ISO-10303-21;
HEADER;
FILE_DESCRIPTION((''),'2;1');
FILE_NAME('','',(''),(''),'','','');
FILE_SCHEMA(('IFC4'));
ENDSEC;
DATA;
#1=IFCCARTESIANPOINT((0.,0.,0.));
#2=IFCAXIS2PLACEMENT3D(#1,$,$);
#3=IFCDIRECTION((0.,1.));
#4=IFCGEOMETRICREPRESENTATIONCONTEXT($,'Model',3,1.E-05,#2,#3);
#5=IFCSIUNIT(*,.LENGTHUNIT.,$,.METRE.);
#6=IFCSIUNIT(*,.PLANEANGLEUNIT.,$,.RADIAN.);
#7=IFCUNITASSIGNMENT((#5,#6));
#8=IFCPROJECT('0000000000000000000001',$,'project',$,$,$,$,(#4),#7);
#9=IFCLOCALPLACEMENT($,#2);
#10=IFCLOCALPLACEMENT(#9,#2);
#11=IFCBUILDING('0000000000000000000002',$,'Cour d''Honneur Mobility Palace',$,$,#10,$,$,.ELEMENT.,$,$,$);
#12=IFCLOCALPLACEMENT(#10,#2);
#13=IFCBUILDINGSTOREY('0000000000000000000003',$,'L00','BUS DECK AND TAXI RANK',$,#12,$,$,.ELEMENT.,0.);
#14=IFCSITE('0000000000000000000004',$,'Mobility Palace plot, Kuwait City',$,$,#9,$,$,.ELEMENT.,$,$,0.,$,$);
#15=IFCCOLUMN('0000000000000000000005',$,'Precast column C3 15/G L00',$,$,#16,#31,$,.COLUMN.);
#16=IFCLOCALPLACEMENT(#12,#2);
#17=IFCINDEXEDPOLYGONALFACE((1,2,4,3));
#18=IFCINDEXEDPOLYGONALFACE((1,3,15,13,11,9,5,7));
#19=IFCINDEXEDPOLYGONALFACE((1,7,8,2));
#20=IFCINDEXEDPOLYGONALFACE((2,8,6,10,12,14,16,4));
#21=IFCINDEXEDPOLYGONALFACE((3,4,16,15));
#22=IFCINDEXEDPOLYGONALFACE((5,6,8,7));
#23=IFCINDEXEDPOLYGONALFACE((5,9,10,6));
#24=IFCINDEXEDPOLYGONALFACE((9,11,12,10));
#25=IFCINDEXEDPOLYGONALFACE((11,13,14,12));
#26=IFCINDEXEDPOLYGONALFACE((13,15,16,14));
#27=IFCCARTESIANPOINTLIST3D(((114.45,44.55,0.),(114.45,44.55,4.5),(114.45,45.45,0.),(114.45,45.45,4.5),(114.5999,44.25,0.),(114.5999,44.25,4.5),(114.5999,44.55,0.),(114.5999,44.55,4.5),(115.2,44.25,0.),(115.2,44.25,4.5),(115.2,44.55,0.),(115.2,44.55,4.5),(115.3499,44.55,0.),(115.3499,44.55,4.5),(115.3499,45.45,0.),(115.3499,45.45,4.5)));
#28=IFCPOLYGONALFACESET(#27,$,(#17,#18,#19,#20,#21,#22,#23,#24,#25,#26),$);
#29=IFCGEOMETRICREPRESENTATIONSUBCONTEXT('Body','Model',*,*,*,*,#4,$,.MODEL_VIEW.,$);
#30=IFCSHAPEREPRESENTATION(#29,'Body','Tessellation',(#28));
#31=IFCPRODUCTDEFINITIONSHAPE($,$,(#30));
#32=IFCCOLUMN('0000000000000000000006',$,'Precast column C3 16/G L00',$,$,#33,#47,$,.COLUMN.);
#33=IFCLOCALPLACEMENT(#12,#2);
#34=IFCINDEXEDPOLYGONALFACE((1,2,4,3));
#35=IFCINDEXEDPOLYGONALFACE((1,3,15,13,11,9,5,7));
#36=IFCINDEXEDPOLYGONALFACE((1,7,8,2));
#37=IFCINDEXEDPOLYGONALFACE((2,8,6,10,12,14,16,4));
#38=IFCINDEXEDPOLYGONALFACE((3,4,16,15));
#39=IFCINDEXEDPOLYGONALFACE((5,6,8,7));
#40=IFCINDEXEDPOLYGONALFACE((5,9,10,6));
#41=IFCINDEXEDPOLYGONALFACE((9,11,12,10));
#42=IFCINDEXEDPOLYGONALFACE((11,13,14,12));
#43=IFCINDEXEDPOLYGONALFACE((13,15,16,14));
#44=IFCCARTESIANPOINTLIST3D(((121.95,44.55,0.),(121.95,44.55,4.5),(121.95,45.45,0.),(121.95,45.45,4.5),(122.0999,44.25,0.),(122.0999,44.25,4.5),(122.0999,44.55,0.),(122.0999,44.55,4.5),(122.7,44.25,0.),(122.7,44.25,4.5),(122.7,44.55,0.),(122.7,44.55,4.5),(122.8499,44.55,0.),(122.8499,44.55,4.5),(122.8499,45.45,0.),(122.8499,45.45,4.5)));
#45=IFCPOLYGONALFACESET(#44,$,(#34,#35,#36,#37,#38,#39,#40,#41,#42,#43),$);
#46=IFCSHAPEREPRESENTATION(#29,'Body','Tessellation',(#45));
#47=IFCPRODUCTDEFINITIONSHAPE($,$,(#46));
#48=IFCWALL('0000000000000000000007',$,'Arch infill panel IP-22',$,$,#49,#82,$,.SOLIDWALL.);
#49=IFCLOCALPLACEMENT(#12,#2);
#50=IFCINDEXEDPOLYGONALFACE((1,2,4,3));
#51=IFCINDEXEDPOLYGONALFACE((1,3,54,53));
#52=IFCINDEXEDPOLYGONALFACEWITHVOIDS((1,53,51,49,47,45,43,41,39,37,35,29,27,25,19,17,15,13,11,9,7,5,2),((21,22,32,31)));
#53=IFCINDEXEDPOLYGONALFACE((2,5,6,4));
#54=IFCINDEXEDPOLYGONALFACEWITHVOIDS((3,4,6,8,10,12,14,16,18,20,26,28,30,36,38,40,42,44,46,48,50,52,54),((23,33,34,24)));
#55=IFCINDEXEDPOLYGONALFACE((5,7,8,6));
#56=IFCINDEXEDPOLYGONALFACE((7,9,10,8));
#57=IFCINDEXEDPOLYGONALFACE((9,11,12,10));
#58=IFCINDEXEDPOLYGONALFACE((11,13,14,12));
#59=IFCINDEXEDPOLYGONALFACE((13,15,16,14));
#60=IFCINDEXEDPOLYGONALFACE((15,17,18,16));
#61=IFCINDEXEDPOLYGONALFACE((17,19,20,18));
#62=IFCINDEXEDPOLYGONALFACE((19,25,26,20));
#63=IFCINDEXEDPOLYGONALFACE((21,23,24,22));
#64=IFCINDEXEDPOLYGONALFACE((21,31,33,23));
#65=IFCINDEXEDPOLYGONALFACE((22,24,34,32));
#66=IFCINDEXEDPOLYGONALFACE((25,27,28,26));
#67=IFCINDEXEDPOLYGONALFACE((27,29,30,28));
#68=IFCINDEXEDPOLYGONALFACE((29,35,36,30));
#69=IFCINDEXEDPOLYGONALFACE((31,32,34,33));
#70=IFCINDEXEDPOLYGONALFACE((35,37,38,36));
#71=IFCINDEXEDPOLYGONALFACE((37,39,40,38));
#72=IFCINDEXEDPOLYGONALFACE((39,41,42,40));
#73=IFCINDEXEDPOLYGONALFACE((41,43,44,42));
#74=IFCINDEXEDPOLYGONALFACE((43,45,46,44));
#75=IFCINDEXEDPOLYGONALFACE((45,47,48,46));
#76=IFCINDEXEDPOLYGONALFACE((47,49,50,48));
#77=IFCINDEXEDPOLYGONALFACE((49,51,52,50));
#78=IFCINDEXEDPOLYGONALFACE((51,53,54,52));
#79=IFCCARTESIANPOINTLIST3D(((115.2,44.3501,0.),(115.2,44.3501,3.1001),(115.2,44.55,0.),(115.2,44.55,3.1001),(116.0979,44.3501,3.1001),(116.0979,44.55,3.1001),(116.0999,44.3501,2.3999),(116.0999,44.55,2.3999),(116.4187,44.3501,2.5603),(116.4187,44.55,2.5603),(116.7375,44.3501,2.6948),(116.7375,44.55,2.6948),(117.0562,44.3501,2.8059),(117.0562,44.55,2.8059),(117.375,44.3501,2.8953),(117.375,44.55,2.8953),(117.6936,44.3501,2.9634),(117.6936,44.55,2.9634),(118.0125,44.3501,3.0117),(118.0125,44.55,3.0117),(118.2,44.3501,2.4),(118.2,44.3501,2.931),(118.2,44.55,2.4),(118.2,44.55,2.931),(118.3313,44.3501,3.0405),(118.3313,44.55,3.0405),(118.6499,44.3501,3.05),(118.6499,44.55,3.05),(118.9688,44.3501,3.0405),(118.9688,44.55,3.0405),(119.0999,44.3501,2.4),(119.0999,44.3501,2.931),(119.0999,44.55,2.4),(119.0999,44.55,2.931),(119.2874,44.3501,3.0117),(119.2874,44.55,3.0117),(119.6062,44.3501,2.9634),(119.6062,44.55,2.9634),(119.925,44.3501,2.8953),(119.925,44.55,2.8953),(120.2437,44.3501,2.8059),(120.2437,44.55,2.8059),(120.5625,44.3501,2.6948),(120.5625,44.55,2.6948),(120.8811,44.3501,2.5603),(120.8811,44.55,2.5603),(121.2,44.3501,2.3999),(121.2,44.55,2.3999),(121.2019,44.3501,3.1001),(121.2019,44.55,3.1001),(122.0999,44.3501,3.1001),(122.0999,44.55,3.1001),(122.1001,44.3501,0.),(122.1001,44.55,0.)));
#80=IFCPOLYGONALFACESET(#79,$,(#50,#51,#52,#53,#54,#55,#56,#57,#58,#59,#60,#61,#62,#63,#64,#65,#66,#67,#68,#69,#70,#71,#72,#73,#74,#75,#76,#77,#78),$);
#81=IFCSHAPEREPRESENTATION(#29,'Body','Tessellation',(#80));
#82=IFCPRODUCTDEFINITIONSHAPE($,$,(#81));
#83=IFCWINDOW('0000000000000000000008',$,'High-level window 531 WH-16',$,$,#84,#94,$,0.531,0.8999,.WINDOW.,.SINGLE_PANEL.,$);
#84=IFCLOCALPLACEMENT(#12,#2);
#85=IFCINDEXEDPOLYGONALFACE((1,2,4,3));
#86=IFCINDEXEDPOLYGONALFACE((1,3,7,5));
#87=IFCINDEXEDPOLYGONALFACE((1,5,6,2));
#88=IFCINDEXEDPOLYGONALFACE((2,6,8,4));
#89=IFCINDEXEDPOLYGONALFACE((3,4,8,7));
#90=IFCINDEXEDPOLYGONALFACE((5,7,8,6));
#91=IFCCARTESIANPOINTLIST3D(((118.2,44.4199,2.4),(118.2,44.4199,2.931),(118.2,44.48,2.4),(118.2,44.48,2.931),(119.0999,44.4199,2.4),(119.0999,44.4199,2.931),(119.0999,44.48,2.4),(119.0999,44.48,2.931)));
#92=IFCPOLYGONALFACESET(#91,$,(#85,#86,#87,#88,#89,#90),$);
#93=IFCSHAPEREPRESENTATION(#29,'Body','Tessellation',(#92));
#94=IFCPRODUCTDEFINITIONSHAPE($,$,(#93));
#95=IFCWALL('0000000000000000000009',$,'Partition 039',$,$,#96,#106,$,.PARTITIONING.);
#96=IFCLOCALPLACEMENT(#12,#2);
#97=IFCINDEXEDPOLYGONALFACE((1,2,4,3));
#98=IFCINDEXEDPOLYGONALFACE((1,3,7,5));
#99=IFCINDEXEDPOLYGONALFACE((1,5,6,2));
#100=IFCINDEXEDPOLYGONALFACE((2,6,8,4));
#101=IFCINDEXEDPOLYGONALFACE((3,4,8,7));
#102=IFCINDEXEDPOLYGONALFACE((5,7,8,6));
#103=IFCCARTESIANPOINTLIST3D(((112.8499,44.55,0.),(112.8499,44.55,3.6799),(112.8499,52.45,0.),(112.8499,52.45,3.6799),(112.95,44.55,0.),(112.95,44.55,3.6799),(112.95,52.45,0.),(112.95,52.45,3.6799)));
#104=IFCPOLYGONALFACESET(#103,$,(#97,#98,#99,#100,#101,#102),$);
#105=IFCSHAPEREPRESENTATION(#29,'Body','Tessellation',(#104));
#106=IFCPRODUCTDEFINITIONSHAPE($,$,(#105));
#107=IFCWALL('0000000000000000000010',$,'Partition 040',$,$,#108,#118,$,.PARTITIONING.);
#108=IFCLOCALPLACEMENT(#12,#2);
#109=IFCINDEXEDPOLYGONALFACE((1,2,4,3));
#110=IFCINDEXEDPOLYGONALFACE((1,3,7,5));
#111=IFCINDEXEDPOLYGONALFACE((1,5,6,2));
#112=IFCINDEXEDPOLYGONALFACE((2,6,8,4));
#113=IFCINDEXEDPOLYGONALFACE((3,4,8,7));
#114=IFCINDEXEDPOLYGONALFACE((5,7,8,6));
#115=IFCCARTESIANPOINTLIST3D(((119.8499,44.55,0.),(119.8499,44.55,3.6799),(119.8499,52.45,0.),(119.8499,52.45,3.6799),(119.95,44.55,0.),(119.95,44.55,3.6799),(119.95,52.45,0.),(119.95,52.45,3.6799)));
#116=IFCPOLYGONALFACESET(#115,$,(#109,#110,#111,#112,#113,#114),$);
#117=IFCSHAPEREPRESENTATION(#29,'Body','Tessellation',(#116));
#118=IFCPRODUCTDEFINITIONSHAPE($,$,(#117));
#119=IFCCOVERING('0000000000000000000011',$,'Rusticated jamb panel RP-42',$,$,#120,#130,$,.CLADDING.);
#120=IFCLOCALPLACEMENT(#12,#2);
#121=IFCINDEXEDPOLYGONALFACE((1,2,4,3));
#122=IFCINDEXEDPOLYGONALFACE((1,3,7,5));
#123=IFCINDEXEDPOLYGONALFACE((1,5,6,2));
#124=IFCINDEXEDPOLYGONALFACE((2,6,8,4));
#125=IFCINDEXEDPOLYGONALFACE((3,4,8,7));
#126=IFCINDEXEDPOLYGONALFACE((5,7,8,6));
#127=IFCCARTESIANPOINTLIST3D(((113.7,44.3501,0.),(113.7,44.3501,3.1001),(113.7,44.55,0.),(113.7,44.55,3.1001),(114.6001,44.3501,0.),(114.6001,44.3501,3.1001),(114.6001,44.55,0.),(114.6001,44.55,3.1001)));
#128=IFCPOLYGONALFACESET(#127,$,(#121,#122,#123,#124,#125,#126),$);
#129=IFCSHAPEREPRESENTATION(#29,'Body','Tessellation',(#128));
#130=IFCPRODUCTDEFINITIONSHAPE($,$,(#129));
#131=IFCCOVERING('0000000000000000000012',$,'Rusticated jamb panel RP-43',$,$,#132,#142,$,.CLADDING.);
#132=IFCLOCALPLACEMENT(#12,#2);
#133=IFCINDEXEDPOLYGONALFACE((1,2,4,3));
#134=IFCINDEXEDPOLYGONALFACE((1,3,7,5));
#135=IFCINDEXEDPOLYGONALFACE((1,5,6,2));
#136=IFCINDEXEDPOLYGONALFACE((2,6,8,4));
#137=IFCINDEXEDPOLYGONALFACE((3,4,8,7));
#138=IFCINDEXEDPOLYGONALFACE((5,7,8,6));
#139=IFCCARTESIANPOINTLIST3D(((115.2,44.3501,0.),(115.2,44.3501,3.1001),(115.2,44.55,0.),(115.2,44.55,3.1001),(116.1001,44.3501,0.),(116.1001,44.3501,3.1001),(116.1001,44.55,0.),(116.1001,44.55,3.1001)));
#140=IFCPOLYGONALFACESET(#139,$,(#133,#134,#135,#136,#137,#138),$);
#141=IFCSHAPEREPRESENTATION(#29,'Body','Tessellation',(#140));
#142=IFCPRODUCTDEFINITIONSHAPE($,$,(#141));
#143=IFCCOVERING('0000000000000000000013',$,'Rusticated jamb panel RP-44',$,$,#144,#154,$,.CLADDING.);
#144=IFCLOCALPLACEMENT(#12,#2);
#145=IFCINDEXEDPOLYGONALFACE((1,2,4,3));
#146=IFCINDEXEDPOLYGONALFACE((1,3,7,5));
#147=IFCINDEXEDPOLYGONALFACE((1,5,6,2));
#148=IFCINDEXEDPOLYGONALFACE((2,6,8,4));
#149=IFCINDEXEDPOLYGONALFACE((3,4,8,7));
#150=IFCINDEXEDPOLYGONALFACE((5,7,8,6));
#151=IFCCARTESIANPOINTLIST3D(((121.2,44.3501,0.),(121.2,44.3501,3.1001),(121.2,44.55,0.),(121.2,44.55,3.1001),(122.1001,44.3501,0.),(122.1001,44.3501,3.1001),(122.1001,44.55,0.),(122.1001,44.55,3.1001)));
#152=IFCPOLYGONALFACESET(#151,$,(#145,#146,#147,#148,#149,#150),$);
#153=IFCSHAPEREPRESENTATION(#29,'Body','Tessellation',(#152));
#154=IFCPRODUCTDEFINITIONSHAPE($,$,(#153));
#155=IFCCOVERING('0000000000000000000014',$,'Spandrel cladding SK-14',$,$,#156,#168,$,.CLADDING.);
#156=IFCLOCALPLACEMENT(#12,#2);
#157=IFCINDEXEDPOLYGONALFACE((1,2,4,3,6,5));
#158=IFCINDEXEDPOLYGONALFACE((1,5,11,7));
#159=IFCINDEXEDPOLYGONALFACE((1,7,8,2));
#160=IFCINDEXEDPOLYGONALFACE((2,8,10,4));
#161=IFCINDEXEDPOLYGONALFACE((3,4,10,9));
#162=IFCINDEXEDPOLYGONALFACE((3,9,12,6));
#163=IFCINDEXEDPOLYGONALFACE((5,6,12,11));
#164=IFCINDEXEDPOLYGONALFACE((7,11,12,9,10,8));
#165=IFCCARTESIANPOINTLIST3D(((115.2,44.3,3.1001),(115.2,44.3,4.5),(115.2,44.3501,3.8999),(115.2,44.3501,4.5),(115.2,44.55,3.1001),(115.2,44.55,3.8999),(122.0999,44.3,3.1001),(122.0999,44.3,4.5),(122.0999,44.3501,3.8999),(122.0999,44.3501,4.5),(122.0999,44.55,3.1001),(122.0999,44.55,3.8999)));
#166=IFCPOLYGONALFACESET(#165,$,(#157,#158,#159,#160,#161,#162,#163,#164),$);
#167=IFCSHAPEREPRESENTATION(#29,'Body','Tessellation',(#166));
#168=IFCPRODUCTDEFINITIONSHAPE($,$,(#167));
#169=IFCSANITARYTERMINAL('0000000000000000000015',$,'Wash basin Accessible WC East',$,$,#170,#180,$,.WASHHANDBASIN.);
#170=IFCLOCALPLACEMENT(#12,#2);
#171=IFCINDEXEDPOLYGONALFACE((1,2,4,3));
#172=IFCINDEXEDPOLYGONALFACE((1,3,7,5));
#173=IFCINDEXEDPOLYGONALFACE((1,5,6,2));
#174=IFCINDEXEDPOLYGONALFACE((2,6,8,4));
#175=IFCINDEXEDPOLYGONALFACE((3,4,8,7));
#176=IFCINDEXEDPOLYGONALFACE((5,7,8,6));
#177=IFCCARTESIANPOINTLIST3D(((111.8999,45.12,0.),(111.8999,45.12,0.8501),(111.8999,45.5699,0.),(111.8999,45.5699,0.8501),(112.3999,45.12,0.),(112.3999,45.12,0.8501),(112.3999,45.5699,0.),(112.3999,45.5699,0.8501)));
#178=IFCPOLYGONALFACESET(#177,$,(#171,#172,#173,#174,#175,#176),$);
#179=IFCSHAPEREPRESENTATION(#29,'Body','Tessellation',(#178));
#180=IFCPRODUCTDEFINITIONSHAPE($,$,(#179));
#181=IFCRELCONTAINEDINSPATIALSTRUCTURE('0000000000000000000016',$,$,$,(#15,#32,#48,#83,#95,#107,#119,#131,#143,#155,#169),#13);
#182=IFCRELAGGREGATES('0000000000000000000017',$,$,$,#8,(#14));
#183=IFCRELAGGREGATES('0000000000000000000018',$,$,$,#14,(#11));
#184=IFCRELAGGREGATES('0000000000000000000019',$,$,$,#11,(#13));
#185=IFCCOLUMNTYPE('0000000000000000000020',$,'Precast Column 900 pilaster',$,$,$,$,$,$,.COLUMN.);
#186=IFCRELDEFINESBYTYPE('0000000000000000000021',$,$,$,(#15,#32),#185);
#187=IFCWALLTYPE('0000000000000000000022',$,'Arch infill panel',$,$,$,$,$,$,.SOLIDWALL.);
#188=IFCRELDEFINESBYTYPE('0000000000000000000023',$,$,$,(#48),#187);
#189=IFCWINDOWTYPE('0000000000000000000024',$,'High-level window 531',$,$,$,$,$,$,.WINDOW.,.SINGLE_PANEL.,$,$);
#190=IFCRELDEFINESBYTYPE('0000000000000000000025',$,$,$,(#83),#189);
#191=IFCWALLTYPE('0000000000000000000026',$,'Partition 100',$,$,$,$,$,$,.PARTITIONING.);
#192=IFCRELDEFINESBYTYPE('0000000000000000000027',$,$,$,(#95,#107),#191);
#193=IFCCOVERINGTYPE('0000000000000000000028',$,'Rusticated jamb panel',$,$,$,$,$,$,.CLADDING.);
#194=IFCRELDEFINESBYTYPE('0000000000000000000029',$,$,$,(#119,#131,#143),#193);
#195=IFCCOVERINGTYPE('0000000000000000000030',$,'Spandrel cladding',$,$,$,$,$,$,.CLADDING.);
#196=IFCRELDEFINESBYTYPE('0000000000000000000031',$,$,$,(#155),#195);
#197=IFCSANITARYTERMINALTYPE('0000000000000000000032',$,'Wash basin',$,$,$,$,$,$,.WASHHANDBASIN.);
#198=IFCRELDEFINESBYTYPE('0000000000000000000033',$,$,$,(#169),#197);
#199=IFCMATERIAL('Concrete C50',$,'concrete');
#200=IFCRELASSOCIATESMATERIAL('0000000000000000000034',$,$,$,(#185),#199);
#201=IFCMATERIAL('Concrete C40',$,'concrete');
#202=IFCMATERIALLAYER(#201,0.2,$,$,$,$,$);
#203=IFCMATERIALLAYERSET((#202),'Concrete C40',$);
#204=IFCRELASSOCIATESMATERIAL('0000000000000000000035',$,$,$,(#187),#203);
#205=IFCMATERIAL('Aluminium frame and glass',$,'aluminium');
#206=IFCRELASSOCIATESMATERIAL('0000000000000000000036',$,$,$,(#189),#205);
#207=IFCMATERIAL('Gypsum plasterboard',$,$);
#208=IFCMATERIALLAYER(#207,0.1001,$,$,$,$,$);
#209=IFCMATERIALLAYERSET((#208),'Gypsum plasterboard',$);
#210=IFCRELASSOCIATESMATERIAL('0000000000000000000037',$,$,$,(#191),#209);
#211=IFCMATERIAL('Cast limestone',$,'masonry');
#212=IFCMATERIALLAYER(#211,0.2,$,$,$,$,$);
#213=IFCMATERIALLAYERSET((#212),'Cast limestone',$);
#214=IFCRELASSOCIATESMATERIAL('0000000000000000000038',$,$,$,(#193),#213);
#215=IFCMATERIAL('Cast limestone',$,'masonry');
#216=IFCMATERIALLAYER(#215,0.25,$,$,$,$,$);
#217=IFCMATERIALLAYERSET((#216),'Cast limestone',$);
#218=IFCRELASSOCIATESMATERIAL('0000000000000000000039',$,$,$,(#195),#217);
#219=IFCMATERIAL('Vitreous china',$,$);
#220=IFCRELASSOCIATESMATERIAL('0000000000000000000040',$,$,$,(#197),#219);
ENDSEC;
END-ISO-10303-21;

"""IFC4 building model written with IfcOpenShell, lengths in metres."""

from ifc_helpers import new_model, si_unit, direction, frame, frame_2d, origin, origin_2d, place, context, subcontext, project, spatial, polyline, rectangle, outline, extrude, material, layer, layer_set, material_profile, profile_set, type_object, element, fill, save


model = new_model("IFC4")

# Units and contexts
model_context = context("Model", 3, precision=1e-05, world=origin(), true_north=direction((0.0, 1.0)))
body_context = subcontext(model_context, "Body", "Model", "MODEL_VIEW")
ifc_project = project(units=[si_unit("LENGTHUNIT", "METRE"), si_unit("PLANEANGLEUNIT", "RADIAN")], contexts=[model_context])

# Site, building, storey
site_placement = place(None, origin())
site = spatial("IfcSite", under=ifc_project, at=site_placement, Name="Mobility Palace plot, Kuwait City", CompositionType="ELEMENT", RefElevation=0.0)
building_placement = place(site_placement, origin())
building = spatial("IfcBuilding", under=site, at=building_placement, Name="Cour d'Honneur Mobility Palace", CompositionType="ELEMENT")
storey_placement = place(building_placement, origin())
storey = spatial("IfcBuildingStorey", under=building, at=storey_placement, Name="L00", Description="BUS DECK AND TAXI RANK", CompositionType="ELEMENT", Elevation=0.0)

# Columns
ifc_material_1 = material(Name="Concrete C50", Category="concrete")
ifc_material_profile = material_profile(ifc_material_1, outline(polyline([(-0.45, -0.45), (0.45, -0.45), (0.45, -0.3), (0.75, -0.3), (0.75, 0.3), (0.45, 0.3), (0.45, 0.45), (-0.45, 0.45), (-0.45, -0.45)])), Name="PC C900 pilaster")
ifc_profile_set = profile_set([ifc_material_profile], Name="Concrete C50")
column_type = type_object("IfcColumnType", Name="Precast Column 900 pilaster", PredefinedType="COLUMN", material=ifc_profile_set)
for number, where, z_axis, x_axis, name in (
    (1, (114.8999, 45.0, 0.0), (0.0, 0.0, 1.0), (0.0, -1.0, 0.0), "Precast column C3 15/G L00"),
    (2, (122.3999, 45.0, 0.0), (0.0, 0.0, 1.0), (0.0, -1.0, 0.0), "Precast column C3 16/G L00"),
):
    element("IfcColumn", number, at=place(storey_placement, frame(where, z_axis=z_axis, x_axis=x_axis)), inside=storey, type_object=column_type, Name=name, PredefinedType="COLUMN", context=body_context, shape_type="SweptSolid", body=[
        extrude(outline(polyline([(-0.45, -0.45), (0.45, -0.45), (0.45, -0.3), (0.75, -0.3), (0.75, 0.3), (0.45, 0.3), (0.45, 0.45), (-0.45, 0.45), (-0.45, -0.45)])), origin(), (0.0, 0.0, 1.0), 4.5),
    ])

# Wall, opening, window
ifc_material_2 = material(Name="Concrete C40", Category="concrete")
ifc_layer_1 = layer(ifc_material_2, 0.2)
ifc_layer_set_1 = layer_set([ifc_layer_1], Name="Concrete C40")
wall_type_1 = type_object("IfcWallType", Name="Arch infill panel", PredefinedType="SOLIDWALL", material=ifc_layer_set_1)
wall_placement = place(storey_placement, frame((115.2, 44.45, 0.0), z_axis=(0.0, 0.0, 1.0), x_axis=(1.0, 0.0, 0.0)))
wall = element("IfcWall", 3, at=wall_placement, inside=storey, type_object=wall_type_1, Name="Arch infill panel IP-22", PredefinedType="SOLIDWALL", context=body_context, shape_type="SweptSolid", body=[
    extrude(outline(polyline([(0.0, 0.0), (6.9001, 0.0), (6.8999, 3.1001), (6.002, 3.1001), (6.0, 2.3999), (5.6812, 2.5603), (5.3625, 2.6948), (5.0437, 2.8059), (4.7251, 2.8953), (4.4062, 2.9634), (4.0874, 3.0117), (3.7688, 3.0405), (3.45, 3.05), (3.1313, 3.0405), (2.8125, 3.0117), (2.4937, 2.9634), (2.175, 2.8953), (1.8562, 2.8059), (1.5376, 2.6948), (1.2188, 2.5603), (0.8999, 2.3999), (0.8979, 3.1001), (0.0, 3.1001), (0.0, 0.0)])), frame((0.0, 0.1001, 0.0), z_axis=(0.0, -1.0, 0.0), x_axis=(1.0, 0.0, 0.0)), (0.0, 0.0, 1.0), 0.2),
])
opening_placement = place(wall_placement, frame((3.0, 0.0, 2.3999)))
opening = element("IfcOpeningElement", 4, at=opening_placement, cuts=wall, PredefinedType="OPENING", context=body_context, shape_type="SweptSolid", body=[
    extrude(rectangle(XDim=0.8999, YDim=0.531, at=frame_2d((0.45, 0.2656))), frame((0.0, 0.1099, 0.0), z_axis=(0.0, -1.0, 0.0), x_axis=(1.0, 0.0, 0.0)), (0.0, 0.0, 1.0), 0.22),
])
ifc_material_3 = material(Name="Aluminium frame and glass", Category="aluminium")
window_type = type_object("IfcWindowType", Name="High-level window 531", PartitioningType="SINGLE_PANEL", PredefinedType="WINDOW", material=ifc_material_3)
window_placement = place(opening_placement, origin())
window = element("IfcWindow", 5, at=window_placement, inside=storey, type_object=window_type, Name="High-level window 531 WH-16", OverallHeight=0.531, OverallWidth=0.8999, PartitioningType="SINGLE_PANEL", PredefinedType="WINDOW", context=body_context, shape_type="SweptSolid", body=[
    extrude(rectangle(XDim=0.8999, YDim=0.531, at=frame_2d((0.45, 0.2656))), frame((0.0, 0.03, 0.0), z_axis=(0.0, -1.0, 0.0), x_axis=(1.0, 0.0, 0.0)), (0.0, 0.0, 1.0), 0.0601),
])
fill(opening, window)

# Walls
ifc_material_4 = material(Name="Gypsum plasterboard")
ifc_layer_2 = layer(ifc_material_4, 0.1001)
ifc_layer_set_2 = layer_set([ifc_layer_2], Name="Gypsum plasterboard")
wall_type_2 = type_object("IfcWallType", Name="Partition 100", PredefinedType="PARTITIONING", material=ifc_layer_set_2)
for number, where, z_axis, x_axis, name in (
    (6, (112.8999, 44.55, 0.0), (0.0, 0.0, 1.0), (0.0, 1.0, 0.0), "Partition 039"),
    (7, (119.8999, 44.55, 0.0), (0.0, 0.0, 1.0), (0.0, 1.0, 0.0), "Partition 040"),
):
    element("IfcWall", number, at=place(storey_placement, frame(where, z_axis=z_axis, x_axis=x_axis)), inside=storey, type_object=wall_type_2, Name=name, PredefinedType="PARTITIONING", context=body_context, shape_type="SweptSolid", body=[
        extrude(rectangle(XDim=7.8999, YDim=0.1001, at=frame_2d((3.95, 0.0))), origin(), (0.0, 0.0, 1.0), 3.6799),
    ])

# Coverings
ifc_material_5 = material(Name="Cast limestone", Category="masonry")
ifc_layer_3 = layer(ifc_material_5, 0.2)
ifc_layer_set_3 = layer_set([ifc_layer_3], Name="Cast limestone")
covering_type_1 = type_object("IfcCoveringType", Name="Rusticated jamb panel", PredefinedType="CLADDING", material=ifc_layer_set_3)
for number, where, z_axis, x_axis, name in (
    (8, (113.7, 44.3501, 0.0), (0.0, -1.0, 0.0), (1.0, 0.0, 0.0), "Rusticated jamb panel RP-42"),
    (9, (115.2, 44.3501, 0.0), (0.0, -1.0, 0.0), (1.0, 0.0, 0.0), "Rusticated jamb panel RP-43"),
    (10, (121.2, 44.3501, 0.0), (0.0, -1.0, 0.0), (1.0, 0.0, 0.0), "Rusticated jamb panel RP-44"),
):
    element("IfcCovering", number, at=place(storey_placement, frame(where, z_axis=z_axis, x_axis=x_axis)), inside=storey, type_object=covering_type_1, Name=name, PredefinedType="CLADDING", context=body_context, shape_type="SweptSolid", body=[
        extrude(outline(polyline([(0.0, 0.0), (0.9001, 0.0), (0.9001, 3.1001), (0.0, 3.1001), (0.0, 0.0)])), origin(), (0.0, 0.0, -1.0), 0.2),
    ])
ifc_material_6 = material(Name="Cast limestone", Category="masonry")
ifc_layer_4 = layer(ifc_material_6, 0.25)
ifc_layer_set_4 = layer_set([ifc_layer_4], Name="Cast limestone")
covering_type_2 = type_object("IfcCoveringType", Name="Spandrel cladding", PredefinedType="CLADDING", material=ifc_layer_set_4)
covering_1_placement = place(storey_placement, frame((115.2, 44.55, 3.1001), z_axis=(-1.0, 0.0, 0.0), x_axis=(0.0, -1.0, 0.0)))
element("IfcCovering", 11, at=covering_1_placement, inside=storey, type_object=covering_type_2, Name="Spandrel cladding SK-14", PredefinedType="CLADDING", context=body_context, shape_type="SweptSolid", body=[
    extrude(outline(polyline([(0.0, 0.0), (0.25, 0.0), (0.25, 1.3999), (0.2, 1.3999), (0.2, 0.7998), (0.0, 0.7998), (0.0, 0.0)])), origin(), (0.0, 0.0, -1.0), 6.8999),
])

# Sanitary terminal
ifc_material_7 = material(Name="Vitreous china")
sanitary_terminal_type_1 = type_object("IfcSanitaryTerminalType", Name="Wash basin", PredefinedType="WASHHANDBASIN", material=ifc_material_7)
for number, where, z_axis, x_axis, name in (
    (12, (112.1499, 45.345, 0.0), (0.0, 0.0, 1.0), (1.0, 0.0, 0.0), "Wash basin Accessible WC East"),
):
    element("IfcSanitaryTerminal", number, at=place(storey_placement, frame(where, z_axis=z_axis, x_axis=x_axis)), inside=storey, type_object=sanitary_terminal_type_1, Name=name, PredefinedType="WASHHANDBASIN", context=body_context, shape_type="SweptSolid", body=[
        extrude(rectangle(XDim=0.5, YDim=0.45, at=origin_2d()), origin(), (0.0, 0.0, 1.0), 0.8501),
    ])

save(model, "model.ifc")
